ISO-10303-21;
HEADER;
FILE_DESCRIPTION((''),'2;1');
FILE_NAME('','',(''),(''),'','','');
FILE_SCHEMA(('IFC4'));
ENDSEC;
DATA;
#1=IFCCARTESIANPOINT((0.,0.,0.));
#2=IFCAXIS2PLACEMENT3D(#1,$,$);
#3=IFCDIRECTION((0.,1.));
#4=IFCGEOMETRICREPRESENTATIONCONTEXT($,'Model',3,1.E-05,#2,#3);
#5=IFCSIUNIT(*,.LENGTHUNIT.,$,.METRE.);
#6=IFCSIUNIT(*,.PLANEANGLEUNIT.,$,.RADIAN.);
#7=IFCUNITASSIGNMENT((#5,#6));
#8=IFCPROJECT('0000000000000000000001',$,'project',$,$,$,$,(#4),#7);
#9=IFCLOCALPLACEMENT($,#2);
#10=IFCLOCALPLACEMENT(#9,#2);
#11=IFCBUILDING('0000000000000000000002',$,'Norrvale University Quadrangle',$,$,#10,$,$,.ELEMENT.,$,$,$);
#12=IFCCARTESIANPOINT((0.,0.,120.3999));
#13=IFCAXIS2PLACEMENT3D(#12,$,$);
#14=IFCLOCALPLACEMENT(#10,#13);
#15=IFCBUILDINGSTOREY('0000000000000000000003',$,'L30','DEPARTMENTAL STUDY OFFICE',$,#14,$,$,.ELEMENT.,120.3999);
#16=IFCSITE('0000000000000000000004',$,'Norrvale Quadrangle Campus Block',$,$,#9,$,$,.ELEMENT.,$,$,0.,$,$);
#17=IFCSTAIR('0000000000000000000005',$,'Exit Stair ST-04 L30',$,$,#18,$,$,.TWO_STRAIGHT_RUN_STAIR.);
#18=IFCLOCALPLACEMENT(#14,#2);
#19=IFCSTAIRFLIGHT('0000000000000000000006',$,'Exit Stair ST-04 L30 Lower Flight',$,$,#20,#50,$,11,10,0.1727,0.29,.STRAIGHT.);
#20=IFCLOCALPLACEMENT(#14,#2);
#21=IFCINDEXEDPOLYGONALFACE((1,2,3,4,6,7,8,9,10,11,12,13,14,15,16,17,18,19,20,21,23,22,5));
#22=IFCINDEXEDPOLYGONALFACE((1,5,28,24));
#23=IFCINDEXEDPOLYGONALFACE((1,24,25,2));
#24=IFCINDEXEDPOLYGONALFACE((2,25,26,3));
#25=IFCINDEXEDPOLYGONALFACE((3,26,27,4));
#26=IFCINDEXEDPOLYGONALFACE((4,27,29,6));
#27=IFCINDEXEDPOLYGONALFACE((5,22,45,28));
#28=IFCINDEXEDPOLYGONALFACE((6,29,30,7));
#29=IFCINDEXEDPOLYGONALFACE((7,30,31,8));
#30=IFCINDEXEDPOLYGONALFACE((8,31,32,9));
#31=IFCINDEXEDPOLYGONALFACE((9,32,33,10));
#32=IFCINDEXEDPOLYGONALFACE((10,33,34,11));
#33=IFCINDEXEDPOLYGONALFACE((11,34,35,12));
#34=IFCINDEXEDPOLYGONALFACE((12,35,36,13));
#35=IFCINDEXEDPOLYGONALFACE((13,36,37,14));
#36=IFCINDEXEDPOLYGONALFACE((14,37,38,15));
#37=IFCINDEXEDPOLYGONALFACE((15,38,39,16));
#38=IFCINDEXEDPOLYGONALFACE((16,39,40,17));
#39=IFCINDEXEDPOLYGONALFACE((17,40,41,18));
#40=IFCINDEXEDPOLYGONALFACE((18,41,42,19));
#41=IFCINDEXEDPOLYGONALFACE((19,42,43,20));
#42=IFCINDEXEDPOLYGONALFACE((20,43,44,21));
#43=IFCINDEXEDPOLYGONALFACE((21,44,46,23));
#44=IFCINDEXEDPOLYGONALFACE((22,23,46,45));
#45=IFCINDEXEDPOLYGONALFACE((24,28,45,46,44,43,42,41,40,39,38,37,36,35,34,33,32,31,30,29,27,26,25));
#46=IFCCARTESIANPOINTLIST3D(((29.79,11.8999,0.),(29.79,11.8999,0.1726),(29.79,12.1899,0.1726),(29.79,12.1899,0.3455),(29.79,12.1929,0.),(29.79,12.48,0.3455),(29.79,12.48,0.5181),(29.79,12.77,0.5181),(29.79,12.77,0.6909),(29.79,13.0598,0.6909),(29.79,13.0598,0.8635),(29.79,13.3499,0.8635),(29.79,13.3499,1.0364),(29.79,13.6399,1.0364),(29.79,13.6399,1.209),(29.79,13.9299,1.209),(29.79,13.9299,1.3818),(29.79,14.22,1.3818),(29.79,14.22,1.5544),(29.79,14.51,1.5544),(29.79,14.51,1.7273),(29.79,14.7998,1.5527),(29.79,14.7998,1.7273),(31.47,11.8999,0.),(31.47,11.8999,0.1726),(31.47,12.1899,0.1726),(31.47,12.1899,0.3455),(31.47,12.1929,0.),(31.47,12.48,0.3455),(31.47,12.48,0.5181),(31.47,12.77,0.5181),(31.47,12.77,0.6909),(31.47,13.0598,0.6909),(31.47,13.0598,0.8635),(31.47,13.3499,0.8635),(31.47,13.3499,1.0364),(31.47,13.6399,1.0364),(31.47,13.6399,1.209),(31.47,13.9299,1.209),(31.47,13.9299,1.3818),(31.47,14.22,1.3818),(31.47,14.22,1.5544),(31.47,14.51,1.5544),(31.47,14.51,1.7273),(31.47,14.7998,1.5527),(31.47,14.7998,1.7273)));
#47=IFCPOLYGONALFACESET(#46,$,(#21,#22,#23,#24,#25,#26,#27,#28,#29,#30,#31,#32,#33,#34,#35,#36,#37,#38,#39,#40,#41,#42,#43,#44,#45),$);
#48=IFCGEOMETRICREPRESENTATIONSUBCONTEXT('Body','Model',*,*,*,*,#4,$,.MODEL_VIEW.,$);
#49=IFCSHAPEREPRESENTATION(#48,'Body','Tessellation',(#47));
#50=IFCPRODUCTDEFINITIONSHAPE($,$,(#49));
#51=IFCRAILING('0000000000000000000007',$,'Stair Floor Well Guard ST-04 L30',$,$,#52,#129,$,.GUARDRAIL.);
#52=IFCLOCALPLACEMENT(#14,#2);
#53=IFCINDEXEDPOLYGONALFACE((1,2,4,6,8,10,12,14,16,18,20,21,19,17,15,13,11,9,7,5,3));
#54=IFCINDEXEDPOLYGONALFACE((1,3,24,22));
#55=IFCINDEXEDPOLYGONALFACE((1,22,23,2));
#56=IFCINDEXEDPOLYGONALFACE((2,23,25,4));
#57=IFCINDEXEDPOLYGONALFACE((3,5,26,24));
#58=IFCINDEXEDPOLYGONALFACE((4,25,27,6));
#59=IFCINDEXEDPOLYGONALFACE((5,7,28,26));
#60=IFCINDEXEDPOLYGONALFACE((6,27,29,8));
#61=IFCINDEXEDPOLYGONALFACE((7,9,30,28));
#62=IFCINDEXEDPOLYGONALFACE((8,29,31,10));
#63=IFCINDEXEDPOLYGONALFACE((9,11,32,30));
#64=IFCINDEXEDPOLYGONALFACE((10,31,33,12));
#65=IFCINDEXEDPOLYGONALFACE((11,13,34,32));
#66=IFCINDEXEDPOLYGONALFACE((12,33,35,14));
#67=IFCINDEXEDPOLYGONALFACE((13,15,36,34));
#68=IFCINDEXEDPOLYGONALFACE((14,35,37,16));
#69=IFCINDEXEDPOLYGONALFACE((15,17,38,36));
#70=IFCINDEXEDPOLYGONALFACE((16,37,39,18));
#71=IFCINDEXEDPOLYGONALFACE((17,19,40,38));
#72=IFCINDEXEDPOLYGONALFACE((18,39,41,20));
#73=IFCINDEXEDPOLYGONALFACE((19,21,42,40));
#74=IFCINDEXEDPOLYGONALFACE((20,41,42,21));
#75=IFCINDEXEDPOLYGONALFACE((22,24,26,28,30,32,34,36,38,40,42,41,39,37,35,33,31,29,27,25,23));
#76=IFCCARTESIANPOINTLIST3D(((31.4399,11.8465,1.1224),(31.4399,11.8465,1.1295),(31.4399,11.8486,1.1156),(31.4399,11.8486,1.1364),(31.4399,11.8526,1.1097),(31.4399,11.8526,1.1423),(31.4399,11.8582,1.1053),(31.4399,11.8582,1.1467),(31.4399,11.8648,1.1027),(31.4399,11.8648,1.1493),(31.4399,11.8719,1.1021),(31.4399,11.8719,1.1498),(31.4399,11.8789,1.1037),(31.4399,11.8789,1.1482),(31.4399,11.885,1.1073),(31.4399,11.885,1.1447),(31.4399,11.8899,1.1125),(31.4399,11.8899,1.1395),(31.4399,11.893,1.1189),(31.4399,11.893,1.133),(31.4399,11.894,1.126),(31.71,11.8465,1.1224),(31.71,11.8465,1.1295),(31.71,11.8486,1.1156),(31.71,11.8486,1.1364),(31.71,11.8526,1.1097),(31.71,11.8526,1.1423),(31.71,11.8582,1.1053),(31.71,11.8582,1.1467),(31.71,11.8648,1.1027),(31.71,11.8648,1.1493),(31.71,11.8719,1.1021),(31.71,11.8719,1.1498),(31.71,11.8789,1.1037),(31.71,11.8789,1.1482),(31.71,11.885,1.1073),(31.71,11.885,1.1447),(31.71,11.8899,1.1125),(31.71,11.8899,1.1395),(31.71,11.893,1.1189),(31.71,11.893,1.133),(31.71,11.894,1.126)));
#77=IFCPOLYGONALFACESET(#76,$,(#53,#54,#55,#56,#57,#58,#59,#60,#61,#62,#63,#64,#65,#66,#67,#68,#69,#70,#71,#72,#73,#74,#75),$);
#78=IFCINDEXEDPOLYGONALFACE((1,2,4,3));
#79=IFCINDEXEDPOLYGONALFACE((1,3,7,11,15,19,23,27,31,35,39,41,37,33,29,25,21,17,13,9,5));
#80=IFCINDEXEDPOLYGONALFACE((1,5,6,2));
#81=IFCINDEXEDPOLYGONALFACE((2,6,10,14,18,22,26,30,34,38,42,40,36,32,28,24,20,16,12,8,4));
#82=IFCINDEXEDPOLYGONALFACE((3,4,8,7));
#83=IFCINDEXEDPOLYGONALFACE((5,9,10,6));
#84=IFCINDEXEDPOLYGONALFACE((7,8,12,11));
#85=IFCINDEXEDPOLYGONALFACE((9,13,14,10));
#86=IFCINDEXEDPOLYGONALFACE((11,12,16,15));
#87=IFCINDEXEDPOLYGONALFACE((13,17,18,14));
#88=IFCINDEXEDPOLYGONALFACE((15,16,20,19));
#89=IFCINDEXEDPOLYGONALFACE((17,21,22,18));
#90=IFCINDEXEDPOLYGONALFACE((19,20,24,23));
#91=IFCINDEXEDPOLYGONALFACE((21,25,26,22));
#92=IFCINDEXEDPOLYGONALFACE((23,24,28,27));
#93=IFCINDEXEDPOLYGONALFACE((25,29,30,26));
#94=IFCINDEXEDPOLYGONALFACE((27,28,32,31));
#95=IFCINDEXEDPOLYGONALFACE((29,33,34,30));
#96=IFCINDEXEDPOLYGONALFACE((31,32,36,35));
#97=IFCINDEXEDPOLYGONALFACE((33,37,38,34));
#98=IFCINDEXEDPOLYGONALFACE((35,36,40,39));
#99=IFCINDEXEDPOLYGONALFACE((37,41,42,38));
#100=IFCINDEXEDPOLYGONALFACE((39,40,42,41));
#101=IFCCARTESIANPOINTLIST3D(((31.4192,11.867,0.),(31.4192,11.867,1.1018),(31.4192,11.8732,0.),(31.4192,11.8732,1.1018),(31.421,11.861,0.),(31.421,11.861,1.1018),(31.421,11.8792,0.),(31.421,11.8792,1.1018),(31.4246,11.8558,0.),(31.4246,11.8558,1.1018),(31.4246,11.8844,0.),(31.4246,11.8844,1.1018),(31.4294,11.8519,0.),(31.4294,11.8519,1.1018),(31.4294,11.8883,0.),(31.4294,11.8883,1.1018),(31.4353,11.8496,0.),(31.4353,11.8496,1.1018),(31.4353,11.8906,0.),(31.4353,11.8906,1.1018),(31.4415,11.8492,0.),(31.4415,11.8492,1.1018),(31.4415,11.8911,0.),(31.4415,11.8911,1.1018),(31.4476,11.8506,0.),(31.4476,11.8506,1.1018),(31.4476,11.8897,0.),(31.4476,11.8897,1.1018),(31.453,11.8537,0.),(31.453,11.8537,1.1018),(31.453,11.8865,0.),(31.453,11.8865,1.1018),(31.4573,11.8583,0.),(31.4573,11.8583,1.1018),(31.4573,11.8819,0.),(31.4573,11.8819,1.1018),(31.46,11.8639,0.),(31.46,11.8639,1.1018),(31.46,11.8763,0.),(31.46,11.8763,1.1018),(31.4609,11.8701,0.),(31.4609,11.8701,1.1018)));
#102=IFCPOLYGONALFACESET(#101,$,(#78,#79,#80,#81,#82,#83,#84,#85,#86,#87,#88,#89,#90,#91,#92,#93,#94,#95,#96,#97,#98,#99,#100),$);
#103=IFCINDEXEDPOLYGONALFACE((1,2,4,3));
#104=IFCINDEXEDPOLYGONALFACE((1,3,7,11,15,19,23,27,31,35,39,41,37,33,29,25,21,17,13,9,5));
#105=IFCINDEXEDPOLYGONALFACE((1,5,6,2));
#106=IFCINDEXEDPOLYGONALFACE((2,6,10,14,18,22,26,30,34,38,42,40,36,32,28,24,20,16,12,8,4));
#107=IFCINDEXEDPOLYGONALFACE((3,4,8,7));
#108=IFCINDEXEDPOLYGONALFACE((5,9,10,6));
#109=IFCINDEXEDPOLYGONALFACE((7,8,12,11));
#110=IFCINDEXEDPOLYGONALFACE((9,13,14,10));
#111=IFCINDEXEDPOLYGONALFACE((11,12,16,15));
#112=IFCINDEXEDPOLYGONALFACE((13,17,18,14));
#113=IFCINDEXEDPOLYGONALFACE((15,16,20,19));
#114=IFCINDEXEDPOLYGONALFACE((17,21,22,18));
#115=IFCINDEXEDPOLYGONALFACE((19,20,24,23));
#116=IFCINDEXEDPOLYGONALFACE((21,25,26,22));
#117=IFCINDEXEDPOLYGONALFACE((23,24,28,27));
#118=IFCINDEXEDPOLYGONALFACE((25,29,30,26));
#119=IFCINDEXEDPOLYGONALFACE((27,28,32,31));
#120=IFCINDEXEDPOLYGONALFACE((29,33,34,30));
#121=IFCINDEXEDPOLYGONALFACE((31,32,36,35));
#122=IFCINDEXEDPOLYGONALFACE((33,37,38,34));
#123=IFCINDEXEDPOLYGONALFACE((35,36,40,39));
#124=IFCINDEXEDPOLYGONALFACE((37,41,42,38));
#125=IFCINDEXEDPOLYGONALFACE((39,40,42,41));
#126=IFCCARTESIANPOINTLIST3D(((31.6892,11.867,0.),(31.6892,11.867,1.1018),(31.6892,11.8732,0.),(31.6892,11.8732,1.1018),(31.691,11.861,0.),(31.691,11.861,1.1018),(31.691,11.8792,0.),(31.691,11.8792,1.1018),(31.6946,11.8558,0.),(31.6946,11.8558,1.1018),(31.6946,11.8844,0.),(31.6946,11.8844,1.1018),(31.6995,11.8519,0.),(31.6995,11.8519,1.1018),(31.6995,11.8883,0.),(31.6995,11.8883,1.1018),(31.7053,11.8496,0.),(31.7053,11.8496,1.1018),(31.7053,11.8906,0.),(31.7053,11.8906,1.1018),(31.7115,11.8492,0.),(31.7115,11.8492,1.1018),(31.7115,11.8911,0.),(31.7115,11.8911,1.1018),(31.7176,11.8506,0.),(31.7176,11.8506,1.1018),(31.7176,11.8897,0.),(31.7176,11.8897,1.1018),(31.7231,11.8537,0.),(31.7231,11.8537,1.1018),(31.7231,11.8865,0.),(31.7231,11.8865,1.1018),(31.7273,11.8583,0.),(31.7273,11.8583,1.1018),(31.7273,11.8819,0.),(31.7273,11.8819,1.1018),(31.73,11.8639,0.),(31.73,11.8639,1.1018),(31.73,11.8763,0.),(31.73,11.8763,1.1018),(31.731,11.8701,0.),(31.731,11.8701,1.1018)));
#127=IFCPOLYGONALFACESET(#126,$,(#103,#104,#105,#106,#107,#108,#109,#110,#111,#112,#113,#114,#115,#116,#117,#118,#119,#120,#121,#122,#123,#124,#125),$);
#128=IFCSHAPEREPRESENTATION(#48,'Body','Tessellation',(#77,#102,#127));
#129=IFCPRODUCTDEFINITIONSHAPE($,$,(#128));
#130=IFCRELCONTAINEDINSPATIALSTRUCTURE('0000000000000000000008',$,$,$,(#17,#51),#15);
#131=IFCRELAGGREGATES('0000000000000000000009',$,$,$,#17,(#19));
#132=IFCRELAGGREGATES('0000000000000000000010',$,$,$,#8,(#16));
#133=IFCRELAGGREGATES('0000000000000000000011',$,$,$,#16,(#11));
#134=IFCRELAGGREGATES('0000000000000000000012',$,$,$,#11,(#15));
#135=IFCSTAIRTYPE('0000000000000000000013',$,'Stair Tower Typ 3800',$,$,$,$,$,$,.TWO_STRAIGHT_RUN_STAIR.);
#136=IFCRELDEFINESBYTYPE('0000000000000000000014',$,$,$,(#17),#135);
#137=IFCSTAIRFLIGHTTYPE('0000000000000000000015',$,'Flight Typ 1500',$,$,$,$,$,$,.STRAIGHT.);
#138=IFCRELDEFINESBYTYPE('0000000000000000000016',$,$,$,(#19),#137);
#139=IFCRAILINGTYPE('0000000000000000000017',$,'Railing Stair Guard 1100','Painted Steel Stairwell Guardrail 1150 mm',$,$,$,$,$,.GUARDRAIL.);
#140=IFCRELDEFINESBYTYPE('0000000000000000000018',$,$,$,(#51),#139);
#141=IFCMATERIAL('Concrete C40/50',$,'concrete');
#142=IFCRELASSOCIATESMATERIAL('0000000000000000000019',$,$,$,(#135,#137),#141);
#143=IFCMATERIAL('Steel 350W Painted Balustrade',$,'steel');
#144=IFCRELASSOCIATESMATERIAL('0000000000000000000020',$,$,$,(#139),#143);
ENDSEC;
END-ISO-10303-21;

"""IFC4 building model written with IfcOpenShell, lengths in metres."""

from ifc_helpers import new_model, si_unit, direction, frame, origin, origin_2d, place, context, subcontext, project, spatial, polyline, circle, outline, extrude, material, type_object, element, aggregate, save


model = new_model("IFC4")

# Units and contexts
model_context = context("Model", 3, precision=1e-05, world=origin(), true_north=direction((0.0, 1.0)))
body_context = subcontext(model_context, "Body", "Model", "MODEL_VIEW")
ifc_project = project(units=[si_unit("LENGTHUNIT", "METRE"), si_unit("PLANEANGLEUNIT", "RADIAN")], contexts=[model_context])

# Site, building, storey
site_placement = place(None, origin())
site = spatial("IfcSite", under=ifc_project, at=site_placement, Name="Norrvale Quadrangle Campus Block", CompositionType="ELEMENT", RefElevation=0.0)
building_placement = place(site_placement, origin())
building = spatial("IfcBuilding", under=site, at=building_placement, Name="Norrvale University Quadrangle", CompositionType="ELEMENT")
storey_placement = place(building_placement, frame((0.0, 0.0, 120.3999)))
storey = spatial("IfcBuildingStorey", under=building, at=storey_placement, Name="L30", Description="DEPARTMENTAL STUDY OFFICE", CompositionType="ELEMENT", Elevation=120.3999)

# Stair, stair flight
ifc_material_1 = material(Name="Concrete C40/50", Category="concrete")
stair_type = type_object("IfcStairType", Name="Stair Tower Typ 3800", PredefinedType="TWO_STRAIGHT_RUN_STAIR", material=ifc_material_1)
stair_flight_type = type_object("IfcStairFlightType", Name="Flight Typ 1500", PredefinedType="STRAIGHT", material=ifc_material_1)
stair_1_placement = place(storey_placement, origin())
stair_1 = element("IfcStair", 1, at=stair_1_placement, inside=storey, type_object=stair_type, Name="Exit Stair ST-04 L30", PredefinedType="TWO_STRAIGHT_RUN_STAIR")
stair_flight_1_placement = place(storey_placement, frame((30.6299, 11.8999, 0.0), z_axis=(0.0, 0.0, 1.0), x_axis=(0.0, 1.0, 0.0)))
stair_flight_1 = element("IfcStairFlight", 2, at=stair_flight_1_placement, type_object=stair_flight_type, Name="Exit Stair ST-04 L30 Lower Flight", NumberOfRisers=11, NumberOfTreads=10, PredefinedType="STRAIGHT", RiserHeight=0.1727, TreadLength=0.29, context=body_context, shape_type="SweptSolid", body=[
    extrude(outline(polyline([(0.0, 0.0), (0.0, 0.1726), (0.29, 0.1726), (0.29, 0.3455), (0.5801, 0.3455), (0.5801, 0.5181), (0.8701, 0.5181), (0.8701, 0.6909), (1.1599, 0.6909), (1.1599, 0.8635), (1.45, 0.8635), (1.45, 1.0364), (1.74, 1.0364), (1.74, 1.209), (2.03, 1.209), (2.03, 1.3818), (2.3201, 1.3818), (2.3201, 1.5544), (2.6101, 1.5544), (2.6101, 1.7273), (2.8999, 1.7273), (2.8999, 1.8999), (2.8999, 1.5527), (0.293, 0.0), (0.0, 0.0)])), frame((0.0, 0.8398, 0.0), z_axis=(0.0, -1.0, 0.0), x_axis=(1.0, 0.0, 0.0)), (0.0, 0.0, 1.0), 1.6799),
])
aggregate(stair_1, [stair_flight_1])

# Railing
ifc_material_2 = material(Name="Steel 350W Painted Balustrade", Category="steel")
railing_type_1 = type_object("IfcRailingType", Name="Railing Stair Guard 1100", Description="Painted Steel Stairwell Guardrail 1150 mm", PredefinedType="GUARDRAIL", material=ifc_material_2)
railing_1_placement = place(storey_placement, frame((31.4399, 11.8701, 0.0)))
element("IfcRailing", 3, at=railing_1_placement, inside=storey, type_object=railing_type_1, Name="Stair Floor Well Guard ST-04 L30", PredefinedType="GUARDRAIL", context=body_context, shape_type="SweptSolid", body=[
    extrude(circle(Radius=0.0239, at=origin_2d()), frame((0.0, 0.0, 1.126), z_axis=(1.0, 0.0, 0.0), x_axis=(0.0, 1.0, 0.0)), (0.0, 0.0, 1.0), 0.27),
    extrude(circle(Radius=0.021, at=origin_2d()), origin(), (0.0, 0.0, 1.0), 1.1018),
    extrude(circle(Radius=0.021, at=origin_2d()), frame((0.27, 0.0, 0.0)), (0.0, 0.0, 1.0), 1.1018),
])

save(model, "model.ifc")
